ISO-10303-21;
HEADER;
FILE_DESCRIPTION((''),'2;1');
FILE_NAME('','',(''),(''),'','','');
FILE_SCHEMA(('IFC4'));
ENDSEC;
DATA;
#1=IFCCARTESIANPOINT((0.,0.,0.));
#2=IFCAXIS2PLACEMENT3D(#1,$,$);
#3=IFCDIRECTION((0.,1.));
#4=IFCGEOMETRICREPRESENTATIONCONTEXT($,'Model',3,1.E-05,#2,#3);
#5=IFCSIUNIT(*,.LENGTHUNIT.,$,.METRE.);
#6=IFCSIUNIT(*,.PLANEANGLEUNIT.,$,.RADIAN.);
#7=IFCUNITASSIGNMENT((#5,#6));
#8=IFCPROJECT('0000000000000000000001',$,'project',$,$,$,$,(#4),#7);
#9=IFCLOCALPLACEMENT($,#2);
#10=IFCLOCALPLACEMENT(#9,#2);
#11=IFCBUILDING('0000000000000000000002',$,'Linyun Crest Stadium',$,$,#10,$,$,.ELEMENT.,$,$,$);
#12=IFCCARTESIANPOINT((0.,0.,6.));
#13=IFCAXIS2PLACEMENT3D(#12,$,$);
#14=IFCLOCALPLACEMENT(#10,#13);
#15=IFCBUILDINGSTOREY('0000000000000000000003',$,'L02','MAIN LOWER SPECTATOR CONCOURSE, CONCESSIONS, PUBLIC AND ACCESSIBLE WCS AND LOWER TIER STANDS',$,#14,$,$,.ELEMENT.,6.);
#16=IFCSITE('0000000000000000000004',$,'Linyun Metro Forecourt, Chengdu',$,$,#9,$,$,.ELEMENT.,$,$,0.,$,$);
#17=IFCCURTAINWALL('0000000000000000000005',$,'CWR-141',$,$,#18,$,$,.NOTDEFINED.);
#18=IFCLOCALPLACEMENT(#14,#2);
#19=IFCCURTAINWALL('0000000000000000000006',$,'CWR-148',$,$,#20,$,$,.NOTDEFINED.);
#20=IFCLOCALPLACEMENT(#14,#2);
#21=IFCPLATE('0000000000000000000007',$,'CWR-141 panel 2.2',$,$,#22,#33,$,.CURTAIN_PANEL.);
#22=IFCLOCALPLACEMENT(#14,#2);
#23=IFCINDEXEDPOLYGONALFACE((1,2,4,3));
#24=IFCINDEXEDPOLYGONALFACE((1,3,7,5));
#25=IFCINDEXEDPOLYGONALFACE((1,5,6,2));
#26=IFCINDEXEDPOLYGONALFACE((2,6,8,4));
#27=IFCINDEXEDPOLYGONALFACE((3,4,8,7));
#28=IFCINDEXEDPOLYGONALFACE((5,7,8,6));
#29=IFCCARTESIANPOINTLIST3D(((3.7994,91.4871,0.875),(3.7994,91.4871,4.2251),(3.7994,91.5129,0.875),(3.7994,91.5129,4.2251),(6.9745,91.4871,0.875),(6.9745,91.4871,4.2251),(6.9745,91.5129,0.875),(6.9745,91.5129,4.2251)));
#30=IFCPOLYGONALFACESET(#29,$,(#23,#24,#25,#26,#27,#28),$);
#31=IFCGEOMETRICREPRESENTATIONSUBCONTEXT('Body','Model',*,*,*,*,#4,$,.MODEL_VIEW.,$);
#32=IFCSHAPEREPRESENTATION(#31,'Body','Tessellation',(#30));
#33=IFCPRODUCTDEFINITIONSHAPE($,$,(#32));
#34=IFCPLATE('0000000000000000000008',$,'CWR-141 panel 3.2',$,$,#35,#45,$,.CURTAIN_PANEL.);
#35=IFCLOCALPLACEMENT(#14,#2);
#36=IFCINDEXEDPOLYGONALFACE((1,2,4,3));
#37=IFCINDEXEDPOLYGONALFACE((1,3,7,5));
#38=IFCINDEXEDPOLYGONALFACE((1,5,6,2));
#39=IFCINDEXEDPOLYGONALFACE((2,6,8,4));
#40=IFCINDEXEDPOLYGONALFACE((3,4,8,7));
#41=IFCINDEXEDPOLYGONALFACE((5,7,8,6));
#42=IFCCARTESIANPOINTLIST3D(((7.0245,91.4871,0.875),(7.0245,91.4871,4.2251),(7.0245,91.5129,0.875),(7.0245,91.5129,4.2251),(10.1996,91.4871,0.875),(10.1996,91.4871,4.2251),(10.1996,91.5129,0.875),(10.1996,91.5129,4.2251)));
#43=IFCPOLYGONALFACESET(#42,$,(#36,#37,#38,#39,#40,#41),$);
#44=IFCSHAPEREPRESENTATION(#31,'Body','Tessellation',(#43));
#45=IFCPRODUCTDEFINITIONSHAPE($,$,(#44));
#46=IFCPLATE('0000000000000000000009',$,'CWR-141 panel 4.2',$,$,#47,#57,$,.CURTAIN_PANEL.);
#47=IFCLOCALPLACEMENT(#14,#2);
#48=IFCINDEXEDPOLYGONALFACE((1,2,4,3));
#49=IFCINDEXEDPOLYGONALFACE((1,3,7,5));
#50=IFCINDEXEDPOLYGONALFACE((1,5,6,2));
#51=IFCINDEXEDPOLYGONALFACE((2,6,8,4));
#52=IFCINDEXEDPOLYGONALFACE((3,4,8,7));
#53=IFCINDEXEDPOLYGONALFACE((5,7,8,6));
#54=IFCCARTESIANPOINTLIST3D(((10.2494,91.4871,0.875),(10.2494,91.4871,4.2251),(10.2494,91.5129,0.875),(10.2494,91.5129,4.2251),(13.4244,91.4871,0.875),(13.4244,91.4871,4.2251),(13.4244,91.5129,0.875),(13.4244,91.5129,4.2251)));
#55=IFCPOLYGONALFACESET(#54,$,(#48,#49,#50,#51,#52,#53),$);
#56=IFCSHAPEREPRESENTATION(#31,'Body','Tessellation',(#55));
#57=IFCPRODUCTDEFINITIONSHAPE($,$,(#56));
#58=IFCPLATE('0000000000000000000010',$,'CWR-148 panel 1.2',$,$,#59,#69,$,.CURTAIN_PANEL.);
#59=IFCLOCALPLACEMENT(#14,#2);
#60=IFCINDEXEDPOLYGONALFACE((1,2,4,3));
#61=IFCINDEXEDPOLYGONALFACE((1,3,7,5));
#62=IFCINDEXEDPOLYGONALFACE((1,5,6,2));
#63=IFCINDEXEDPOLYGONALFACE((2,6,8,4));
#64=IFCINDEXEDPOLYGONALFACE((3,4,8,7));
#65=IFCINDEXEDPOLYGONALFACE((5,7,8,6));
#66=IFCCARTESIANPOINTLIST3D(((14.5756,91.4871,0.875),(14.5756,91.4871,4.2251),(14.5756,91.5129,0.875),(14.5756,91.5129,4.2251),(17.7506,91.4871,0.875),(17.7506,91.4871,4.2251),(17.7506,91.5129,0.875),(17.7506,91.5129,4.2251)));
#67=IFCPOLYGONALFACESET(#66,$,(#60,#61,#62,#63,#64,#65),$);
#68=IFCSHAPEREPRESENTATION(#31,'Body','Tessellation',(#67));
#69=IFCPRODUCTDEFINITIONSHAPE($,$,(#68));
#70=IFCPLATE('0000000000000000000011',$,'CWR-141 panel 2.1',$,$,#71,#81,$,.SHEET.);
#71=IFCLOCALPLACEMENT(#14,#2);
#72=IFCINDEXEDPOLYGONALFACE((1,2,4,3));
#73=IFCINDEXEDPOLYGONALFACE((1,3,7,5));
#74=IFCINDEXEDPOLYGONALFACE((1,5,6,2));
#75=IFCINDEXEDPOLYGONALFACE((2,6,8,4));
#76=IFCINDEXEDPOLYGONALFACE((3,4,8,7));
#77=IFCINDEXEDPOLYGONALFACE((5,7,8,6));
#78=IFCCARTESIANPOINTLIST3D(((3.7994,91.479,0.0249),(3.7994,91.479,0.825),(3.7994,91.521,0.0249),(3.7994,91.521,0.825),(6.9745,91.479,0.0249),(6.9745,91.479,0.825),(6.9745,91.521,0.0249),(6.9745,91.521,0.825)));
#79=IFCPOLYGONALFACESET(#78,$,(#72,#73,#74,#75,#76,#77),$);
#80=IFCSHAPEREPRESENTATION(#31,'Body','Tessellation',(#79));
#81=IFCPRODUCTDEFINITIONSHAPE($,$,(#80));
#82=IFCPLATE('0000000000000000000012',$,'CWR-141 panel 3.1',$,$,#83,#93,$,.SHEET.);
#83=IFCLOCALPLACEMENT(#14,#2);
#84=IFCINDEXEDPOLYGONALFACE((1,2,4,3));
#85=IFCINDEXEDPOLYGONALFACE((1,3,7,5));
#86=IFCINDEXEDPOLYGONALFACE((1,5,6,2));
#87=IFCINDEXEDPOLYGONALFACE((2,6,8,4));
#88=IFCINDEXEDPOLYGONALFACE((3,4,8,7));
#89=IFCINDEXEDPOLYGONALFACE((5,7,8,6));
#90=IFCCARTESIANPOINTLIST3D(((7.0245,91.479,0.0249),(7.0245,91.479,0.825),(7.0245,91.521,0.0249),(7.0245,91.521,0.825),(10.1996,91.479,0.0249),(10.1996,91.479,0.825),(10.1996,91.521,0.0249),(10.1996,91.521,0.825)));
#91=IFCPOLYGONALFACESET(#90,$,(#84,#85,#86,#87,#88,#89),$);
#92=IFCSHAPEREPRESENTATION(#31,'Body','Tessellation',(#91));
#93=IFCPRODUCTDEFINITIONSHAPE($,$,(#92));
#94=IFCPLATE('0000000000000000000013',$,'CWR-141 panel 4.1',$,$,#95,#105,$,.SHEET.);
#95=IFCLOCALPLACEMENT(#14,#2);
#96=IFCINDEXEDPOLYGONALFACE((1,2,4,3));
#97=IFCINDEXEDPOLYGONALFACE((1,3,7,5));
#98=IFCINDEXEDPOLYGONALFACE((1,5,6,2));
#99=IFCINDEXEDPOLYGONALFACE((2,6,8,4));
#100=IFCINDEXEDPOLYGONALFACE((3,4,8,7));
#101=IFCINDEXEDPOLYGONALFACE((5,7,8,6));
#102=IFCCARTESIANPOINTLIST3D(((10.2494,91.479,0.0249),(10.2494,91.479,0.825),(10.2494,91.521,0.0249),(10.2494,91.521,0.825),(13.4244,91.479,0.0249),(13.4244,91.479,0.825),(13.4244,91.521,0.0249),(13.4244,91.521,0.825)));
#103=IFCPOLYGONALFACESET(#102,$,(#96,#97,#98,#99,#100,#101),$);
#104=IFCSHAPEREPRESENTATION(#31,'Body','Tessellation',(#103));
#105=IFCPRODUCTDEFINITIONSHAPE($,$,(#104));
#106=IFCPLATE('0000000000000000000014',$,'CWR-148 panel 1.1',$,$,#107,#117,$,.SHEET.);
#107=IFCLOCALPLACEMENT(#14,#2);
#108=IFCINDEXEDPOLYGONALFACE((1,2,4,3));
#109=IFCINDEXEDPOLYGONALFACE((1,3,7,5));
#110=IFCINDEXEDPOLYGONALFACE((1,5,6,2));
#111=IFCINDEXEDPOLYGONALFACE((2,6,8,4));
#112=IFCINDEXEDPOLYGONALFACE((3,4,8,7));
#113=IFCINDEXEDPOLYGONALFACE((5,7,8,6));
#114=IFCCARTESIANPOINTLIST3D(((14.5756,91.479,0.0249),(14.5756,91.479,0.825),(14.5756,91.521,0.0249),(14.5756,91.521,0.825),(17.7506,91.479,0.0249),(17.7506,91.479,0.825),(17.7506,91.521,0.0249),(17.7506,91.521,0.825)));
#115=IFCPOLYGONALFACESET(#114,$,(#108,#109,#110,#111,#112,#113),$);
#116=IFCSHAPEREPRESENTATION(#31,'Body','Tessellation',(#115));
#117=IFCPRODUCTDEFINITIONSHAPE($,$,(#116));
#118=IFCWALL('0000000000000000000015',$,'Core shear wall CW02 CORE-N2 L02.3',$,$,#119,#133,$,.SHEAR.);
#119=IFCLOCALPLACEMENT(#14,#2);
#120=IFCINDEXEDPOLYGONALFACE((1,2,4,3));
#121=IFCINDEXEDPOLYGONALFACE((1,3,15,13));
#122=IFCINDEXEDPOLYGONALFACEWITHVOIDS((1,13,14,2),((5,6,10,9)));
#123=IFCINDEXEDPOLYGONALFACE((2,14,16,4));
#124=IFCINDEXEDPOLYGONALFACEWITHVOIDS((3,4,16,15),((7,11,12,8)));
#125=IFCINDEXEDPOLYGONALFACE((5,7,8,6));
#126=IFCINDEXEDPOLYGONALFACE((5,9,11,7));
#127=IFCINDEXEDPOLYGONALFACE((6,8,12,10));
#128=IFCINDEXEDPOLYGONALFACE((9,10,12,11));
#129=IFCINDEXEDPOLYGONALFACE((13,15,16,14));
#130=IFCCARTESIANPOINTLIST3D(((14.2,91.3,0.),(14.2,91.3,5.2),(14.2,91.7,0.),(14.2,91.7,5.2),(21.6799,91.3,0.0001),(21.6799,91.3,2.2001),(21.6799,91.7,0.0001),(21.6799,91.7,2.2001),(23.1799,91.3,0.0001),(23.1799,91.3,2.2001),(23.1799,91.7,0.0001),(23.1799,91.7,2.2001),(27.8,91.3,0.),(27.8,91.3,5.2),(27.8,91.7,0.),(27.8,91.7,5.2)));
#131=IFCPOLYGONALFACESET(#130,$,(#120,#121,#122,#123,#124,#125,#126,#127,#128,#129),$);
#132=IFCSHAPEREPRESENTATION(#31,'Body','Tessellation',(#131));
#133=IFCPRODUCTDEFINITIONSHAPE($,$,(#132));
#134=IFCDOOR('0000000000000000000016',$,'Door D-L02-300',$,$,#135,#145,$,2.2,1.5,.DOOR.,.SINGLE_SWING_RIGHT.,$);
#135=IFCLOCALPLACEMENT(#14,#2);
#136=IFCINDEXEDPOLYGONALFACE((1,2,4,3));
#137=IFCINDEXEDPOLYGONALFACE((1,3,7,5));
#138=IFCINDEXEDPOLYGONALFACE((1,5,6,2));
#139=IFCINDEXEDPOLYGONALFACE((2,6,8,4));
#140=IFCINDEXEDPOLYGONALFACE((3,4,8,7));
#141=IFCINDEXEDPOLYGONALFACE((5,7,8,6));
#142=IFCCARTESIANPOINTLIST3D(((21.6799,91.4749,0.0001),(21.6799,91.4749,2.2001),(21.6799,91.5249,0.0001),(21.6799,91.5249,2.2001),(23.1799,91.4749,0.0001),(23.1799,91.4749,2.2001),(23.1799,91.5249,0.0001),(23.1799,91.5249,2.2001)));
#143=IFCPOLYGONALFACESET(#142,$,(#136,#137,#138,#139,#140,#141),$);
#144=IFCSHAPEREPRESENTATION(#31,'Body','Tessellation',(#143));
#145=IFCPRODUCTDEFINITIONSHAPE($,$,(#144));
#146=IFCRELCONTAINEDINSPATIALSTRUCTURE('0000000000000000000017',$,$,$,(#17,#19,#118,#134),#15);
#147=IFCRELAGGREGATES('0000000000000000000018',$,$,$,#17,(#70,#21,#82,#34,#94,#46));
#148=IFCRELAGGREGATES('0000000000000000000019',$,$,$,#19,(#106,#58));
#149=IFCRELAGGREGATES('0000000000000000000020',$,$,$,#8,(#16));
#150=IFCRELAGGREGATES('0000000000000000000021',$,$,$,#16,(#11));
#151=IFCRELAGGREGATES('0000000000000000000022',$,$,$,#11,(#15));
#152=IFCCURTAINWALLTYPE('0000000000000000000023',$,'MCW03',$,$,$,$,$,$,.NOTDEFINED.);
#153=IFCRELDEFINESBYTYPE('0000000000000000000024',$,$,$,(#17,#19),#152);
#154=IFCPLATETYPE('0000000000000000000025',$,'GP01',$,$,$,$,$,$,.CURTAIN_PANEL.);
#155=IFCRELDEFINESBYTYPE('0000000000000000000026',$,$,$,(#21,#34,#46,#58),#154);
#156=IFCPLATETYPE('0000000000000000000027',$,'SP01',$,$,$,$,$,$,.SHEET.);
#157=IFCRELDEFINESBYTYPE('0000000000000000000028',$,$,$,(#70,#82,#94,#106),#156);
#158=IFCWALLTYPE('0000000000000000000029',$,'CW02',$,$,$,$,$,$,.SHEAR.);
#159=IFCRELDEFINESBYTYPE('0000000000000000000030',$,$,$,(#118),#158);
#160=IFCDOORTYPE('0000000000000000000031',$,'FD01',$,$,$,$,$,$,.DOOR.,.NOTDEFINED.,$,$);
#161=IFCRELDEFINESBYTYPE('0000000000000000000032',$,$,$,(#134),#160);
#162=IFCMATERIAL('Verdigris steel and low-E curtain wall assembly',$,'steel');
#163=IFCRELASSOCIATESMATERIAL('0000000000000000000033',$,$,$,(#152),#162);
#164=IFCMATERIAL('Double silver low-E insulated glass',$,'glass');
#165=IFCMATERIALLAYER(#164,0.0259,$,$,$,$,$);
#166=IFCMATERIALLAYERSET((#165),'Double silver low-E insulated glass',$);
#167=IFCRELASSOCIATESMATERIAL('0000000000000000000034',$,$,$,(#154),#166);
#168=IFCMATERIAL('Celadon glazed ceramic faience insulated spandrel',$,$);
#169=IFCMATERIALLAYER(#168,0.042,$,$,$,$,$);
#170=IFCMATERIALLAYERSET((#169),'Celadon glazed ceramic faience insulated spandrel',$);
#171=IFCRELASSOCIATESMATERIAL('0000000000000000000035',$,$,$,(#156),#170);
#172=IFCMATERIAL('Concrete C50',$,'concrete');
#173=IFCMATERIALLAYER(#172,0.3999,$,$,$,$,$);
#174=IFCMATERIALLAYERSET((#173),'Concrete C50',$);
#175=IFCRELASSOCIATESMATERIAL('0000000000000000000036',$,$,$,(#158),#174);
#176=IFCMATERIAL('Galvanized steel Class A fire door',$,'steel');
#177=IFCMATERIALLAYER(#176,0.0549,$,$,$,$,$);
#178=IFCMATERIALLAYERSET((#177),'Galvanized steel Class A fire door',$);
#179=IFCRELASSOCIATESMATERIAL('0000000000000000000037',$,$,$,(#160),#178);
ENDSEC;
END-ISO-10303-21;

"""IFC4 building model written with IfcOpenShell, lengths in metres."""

from ifc_helpers import new_model, si_unit, direction, frame, frame_2d, origin, origin_2d, place, context, subcontext, project, spatial, rectangle, extrude, material, layer, layer_set, type_object, element, fill, aggregate, save


model = new_model("IFC4")

# Units and contexts
model_context = context("Model", 3, precision=1e-05, world=origin(), true_north=direction((0.0, 1.0)))
body_context = subcontext(model_context, "Body", "Model", "MODEL_VIEW")
ifc_project = project(units=[si_unit("LENGTHUNIT", "METRE"), si_unit("PLANEANGLEUNIT", "RADIAN")], contexts=[model_context])

# Site, building, storey
site_placement = place(None, origin())
site = spatial("IfcSite", under=ifc_project, at=site_placement, Name="Linyun Metro Forecourt, Chengdu", CompositionType="ELEMENT", RefElevation=0.0)
building_placement = place(site_placement, origin())
building = spatial("IfcBuilding", under=site, at=building_placement, Name="Linyun Crest Stadium", CompositionType="ELEMENT")
storey_placement = place(building_placement, frame((0.0, 0.0, 6.0)))
storey = spatial("IfcBuildingStorey", under=building, at=storey_placement, Name="L02", Description="MAIN LOWER SPECTATOR CONCOURSE, CONCESSIONS, PUBLIC AND ACCESSIBLE WCS AND LOWER TIER STANDS", CompositionType="ELEMENT", Elevation=6.0)

# Curtain walls
ifc_material_1 = material(Name="Verdigris steel and low-E curtain wall assembly", Category="steel")
curtain_wall_type = type_object("IfcCurtainWallType", Name="MCW03", PredefinedType="NOTDEFINED", material=ifc_material_1)
curtain_wall_1_placement = place(storey_placement, origin())
curtain_wall_1 = element("IfcCurtainWall", 1, at=curtain_wall_1_placement, inside=storey, type_object=curtain_wall_type, Name="CWR-141", PredefinedType="NOTDEFINED")
curtain_wall_2_placement = place(storey_placement, origin())
curtain_wall_2 = element("IfcCurtainWall", 2, at=curtain_wall_2_placement, inside=storey, type_object=curtain_wall_type, Name="CWR-148", PredefinedType="NOTDEFINED")

# Plates
ifc_material_2 = material(Name="Double silver low-E insulated glass", Category="glass")
ifc_layer_1 = layer(ifc_material_2, 0.0259)
ifc_layer_set_1 = layer_set([ifc_layer_1], Name="Double silver low-E insulated glass")
plate_type_1 = type_object("IfcPlateType", Name="GP01", PredefinedType="CURTAIN_PANEL", material=ifc_layer_set_1)
plate_1_placement = place(storey_placement, frame((5.387, 91.5, 0.875), z_axis=(0.0, 0.0, 1.0), x_axis=(1.0, 0.0, 0.0)))
plate_1 = element("IfcPlate", 3, at=plate_1_placement, type_object=plate_type_1, Name="CWR-141 panel 2.2", PredefinedType="CURTAIN_PANEL", context=body_context, shape_type="SweptSolid", body=[
    extrude(rectangle(XDim=3.175, YDim=0.0259, at=origin_2d()), origin(), (0.0, 0.0, 1.0), 3.3501),
])
plate_2_placement = place(storey_placement, frame((8.6121, 91.5, 0.875), z_axis=(0.0, 0.0, 1.0), x_axis=(1.0, 0.0, 0.0)))
plate_2 = element("IfcPlate", 4, at=plate_2_placement, type_object=plate_type_1, Name="CWR-141 panel 3.2", PredefinedType="CURTAIN_PANEL", context=body_context, shape_type="SweptSolid", body=[
    extrude(rectangle(XDim=3.175, YDim=0.0259, at=origin_2d()), origin(), (0.0, 0.0, 1.0), 3.3501),
])
plate_3_placement = place(storey_placement, frame((11.8369, 91.5, 0.875), z_axis=(0.0, 0.0, 1.0), x_axis=(1.0, 0.0, 0.0)))
plate_3 = element("IfcPlate", 5, at=plate_3_placement, type_object=plate_type_1, Name="CWR-141 panel 4.2", PredefinedType="CURTAIN_PANEL", context=body_context, shape_type="SweptSolid", body=[
    extrude(rectangle(XDim=3.175, YDim=0.0259, at=origin_2d()), origin(), (0.0, 0.0, 1.0), 3.3501),
])
plate_4_placement = place(storey_placement, frame((16.1631, 91.5, 0.875), z_axis=(0.0, 0.0, 1.0), x_axis=(1.0, 0.0, 0.0)))
plate_4 = element("IfcPlate", 6, at=plate_4_placement, type_object=plate_type_1, Name="CWR-148 panel 1.2", PredefinedType="CURTAIN_PANEL", context=body_context, shape_type="SweptSolid", body=[
    extrude(rectangle(XDim=3.175, YDim=0.0259, at=origin_2d()), origin(), (0.0, 0.0, 1.0), 3.3501),
])
ifc_material_3 = material(Name="Celadon glazed ceramic faience insulated spandrel")
ifc_layer_2 = layer(ifc_material_3, 0.042)
ifc_layer_set_2 = layer_set([ifc_layer_2], Name="Celadon glazed ceramic faience insulated spandrel")
plate_type_2 = type_object("IfcPlateType", Name="SP01", PredefinedType="SHEET", material=ifc_layer_set_2)
plate_5_placement = place(storey_placement, frame((5.387, 91.5, 0.0249), z_axis=(0.0, 0.0, 1.0), x_axis=(1.0, 0.0, 0.0)))
plate_5 = element("IfcPlate", 7, at=plate_5_placement, type_object=plate_type_2, Name="CWR-141 panel 2.1", PredefinedType="SHEET", context=body_context, shape_type="SweptSolid", body=[
    extrude(rectangle(XDim=3.175, YDim=0.042, at=origin_2d()), origin(), (0.0, 0.0, 1.0), 0.8),
])
plate_6_placement = place(storey_placement, frame((8.6121, 91.5, 0.0249), z_axis=(0.0, 0.0, 1.0), x_axis=(1.0, 0.0, 0.0)))
plate_6 = element("IfcPlate", 8, at=plate_6_placement, type_object=plate_type_2, Name="CWR-141 panel 3.1", PredefinedType="SHEET", context=body_context, shape_type="SweptSolid", body=[
    extrude(rectangle(XDim=3.175, YDim=0.042, at=origin_2d()), origin(), (0.0, 0.0, 1.0), 0.8),
])
plate_7_placement = place(storey_placement, frame((11.8369, 91.5, 0.0249), z_axis=(0.0, 0.0, 1.0), x_axis=(1.0, 0.0, 0.0)))
plate_7 = element("IfcPlate", 9, at=plate_7_placement, type_object=plate_type_2, Name="CWR-141 panel 4.1", PredefinedType="SHEET", context=body_context, shape_type="SweptSolid", body=[
    extrude(rectangle(XDim=3.175, YDim=0.042, at=origin_2d()), origin(), (0.0, 0.0, 1.0), 0.8),
])
aggregate(curtain_wall_1, [plate_5, plate_1, plate_6, plate_2, plate_7, plate_3])
plate_8_placement = place(storey_placement, frame((16.1631, 91.5, 0.0249), z_axis=(0.0, 0.0, 1.0), x_axis=(1.0, 0.0, 0.0)))
plate_8 = element("IfcPlate", 10, at=plate_8_placement, type_object=plate_type_2, Name="CWR-148 panel 1.1", PredefinedType="SHEET", context=body_context, shape_type="SweptSolid", body=[
    extrude(rectangle(XDim=3.175, YDim=0.042, at=origin_2d()), origin(), (0.0, 0.0, 1.0), 0.8),
])
aggregate(curtain_wall_2, [plate_8, plate_4])

# Wall, opening, door
ifc_material_4 = material(Name="Concrete C50", Category="concrete")
ifc_layer_3 = layer(ifc_material_4, 0.3999)
ifc_layer_set_3 = layer_set([ifc_layer_3], Name="Concrete C50")
wall_type = type_object("IfcWallType", Name="CW02", PredefinedType="SHEAR", material=ifc_layer_set_3)
wall_placement = place(storey_placement, frame((14.2, 91.5, 0.0), z_axis=(0.0, 0.0, 1.0), x_axis=(1.0, 0.0, 0.0)))
wall = element("IfcWall", 11, at=wall_placement, inside=storey, type_object=wall_type, Name="Core shear wall CW02 CORE-N2 L02.3", PredefinedType="SHEAR", context=body_context, shape_type="SweptSolid", body=[
    extrude(rectangle(XDim=13.6001, YDim=0.3999, at=frame_2d((6.8, 0.0))), origin(), (0.0, 0.0, 1.0), 5.2),
])
opening_placement = place(wall_placement, frame((7.48, 0.0, 0.0)))
opening = element("IfcOpeningElement", 12, at=opening_placement, cuts=wall, PredefinedType="OPENING", context=body_context, shape_type="SweptSolid", body=[
    extrude(rectangle(XDim=1.5, YDim=2.2, at=frame_2d((0.75, 1.1001))), frame((0.0, 0.21, 0.0), z_axis=(0.0, -1.0, 0.0), x_axis=(1.0, 0.0, 0.0)), (0.0, 0.0, 1.0), 0.4199),
])
ifc_material_5 = material(Name="Galvanized steel Class A fire door", Category="steel")
ifc_layer_4 = layer(ifc_material_5, 0.0549)
ifc_layer_set_4 = layer_set([ifc_layer_4], Name="Galvanized steel Class A fire door")
door_type = type_object("IfcDoorType", Name="FD01", OperationType="NOTDEFINED", PredefinedType="DOOR", material=ifc_layer_set_4)
door_placement = place(opening_placement, origin())
door = element("IfcDoor", 13, at=door_placement, inside=storey, type_object=door_type, Name="Door D-L02-300", OperationType="SINGLE_SWING_RIGHT", OverallHeight=2.2, OverallWidth=1.5, PredefinedType="DOOR", context=body_context, shape_type="SweptSolid", body=[
    extrude(rectangle(XDim=1.5, YDim=2.2, at=frame_2d((0.75, 1.1001))), frame((0.0, 0.0249, 0.0), z_axis=(0.0, -1.0, 0.0), x_axis=(1.0, 0.0, 0.0)), (0.0, 0.0, 1.0), 0.05),
])
fill(opening, door)

save(model, "model.ifc")
